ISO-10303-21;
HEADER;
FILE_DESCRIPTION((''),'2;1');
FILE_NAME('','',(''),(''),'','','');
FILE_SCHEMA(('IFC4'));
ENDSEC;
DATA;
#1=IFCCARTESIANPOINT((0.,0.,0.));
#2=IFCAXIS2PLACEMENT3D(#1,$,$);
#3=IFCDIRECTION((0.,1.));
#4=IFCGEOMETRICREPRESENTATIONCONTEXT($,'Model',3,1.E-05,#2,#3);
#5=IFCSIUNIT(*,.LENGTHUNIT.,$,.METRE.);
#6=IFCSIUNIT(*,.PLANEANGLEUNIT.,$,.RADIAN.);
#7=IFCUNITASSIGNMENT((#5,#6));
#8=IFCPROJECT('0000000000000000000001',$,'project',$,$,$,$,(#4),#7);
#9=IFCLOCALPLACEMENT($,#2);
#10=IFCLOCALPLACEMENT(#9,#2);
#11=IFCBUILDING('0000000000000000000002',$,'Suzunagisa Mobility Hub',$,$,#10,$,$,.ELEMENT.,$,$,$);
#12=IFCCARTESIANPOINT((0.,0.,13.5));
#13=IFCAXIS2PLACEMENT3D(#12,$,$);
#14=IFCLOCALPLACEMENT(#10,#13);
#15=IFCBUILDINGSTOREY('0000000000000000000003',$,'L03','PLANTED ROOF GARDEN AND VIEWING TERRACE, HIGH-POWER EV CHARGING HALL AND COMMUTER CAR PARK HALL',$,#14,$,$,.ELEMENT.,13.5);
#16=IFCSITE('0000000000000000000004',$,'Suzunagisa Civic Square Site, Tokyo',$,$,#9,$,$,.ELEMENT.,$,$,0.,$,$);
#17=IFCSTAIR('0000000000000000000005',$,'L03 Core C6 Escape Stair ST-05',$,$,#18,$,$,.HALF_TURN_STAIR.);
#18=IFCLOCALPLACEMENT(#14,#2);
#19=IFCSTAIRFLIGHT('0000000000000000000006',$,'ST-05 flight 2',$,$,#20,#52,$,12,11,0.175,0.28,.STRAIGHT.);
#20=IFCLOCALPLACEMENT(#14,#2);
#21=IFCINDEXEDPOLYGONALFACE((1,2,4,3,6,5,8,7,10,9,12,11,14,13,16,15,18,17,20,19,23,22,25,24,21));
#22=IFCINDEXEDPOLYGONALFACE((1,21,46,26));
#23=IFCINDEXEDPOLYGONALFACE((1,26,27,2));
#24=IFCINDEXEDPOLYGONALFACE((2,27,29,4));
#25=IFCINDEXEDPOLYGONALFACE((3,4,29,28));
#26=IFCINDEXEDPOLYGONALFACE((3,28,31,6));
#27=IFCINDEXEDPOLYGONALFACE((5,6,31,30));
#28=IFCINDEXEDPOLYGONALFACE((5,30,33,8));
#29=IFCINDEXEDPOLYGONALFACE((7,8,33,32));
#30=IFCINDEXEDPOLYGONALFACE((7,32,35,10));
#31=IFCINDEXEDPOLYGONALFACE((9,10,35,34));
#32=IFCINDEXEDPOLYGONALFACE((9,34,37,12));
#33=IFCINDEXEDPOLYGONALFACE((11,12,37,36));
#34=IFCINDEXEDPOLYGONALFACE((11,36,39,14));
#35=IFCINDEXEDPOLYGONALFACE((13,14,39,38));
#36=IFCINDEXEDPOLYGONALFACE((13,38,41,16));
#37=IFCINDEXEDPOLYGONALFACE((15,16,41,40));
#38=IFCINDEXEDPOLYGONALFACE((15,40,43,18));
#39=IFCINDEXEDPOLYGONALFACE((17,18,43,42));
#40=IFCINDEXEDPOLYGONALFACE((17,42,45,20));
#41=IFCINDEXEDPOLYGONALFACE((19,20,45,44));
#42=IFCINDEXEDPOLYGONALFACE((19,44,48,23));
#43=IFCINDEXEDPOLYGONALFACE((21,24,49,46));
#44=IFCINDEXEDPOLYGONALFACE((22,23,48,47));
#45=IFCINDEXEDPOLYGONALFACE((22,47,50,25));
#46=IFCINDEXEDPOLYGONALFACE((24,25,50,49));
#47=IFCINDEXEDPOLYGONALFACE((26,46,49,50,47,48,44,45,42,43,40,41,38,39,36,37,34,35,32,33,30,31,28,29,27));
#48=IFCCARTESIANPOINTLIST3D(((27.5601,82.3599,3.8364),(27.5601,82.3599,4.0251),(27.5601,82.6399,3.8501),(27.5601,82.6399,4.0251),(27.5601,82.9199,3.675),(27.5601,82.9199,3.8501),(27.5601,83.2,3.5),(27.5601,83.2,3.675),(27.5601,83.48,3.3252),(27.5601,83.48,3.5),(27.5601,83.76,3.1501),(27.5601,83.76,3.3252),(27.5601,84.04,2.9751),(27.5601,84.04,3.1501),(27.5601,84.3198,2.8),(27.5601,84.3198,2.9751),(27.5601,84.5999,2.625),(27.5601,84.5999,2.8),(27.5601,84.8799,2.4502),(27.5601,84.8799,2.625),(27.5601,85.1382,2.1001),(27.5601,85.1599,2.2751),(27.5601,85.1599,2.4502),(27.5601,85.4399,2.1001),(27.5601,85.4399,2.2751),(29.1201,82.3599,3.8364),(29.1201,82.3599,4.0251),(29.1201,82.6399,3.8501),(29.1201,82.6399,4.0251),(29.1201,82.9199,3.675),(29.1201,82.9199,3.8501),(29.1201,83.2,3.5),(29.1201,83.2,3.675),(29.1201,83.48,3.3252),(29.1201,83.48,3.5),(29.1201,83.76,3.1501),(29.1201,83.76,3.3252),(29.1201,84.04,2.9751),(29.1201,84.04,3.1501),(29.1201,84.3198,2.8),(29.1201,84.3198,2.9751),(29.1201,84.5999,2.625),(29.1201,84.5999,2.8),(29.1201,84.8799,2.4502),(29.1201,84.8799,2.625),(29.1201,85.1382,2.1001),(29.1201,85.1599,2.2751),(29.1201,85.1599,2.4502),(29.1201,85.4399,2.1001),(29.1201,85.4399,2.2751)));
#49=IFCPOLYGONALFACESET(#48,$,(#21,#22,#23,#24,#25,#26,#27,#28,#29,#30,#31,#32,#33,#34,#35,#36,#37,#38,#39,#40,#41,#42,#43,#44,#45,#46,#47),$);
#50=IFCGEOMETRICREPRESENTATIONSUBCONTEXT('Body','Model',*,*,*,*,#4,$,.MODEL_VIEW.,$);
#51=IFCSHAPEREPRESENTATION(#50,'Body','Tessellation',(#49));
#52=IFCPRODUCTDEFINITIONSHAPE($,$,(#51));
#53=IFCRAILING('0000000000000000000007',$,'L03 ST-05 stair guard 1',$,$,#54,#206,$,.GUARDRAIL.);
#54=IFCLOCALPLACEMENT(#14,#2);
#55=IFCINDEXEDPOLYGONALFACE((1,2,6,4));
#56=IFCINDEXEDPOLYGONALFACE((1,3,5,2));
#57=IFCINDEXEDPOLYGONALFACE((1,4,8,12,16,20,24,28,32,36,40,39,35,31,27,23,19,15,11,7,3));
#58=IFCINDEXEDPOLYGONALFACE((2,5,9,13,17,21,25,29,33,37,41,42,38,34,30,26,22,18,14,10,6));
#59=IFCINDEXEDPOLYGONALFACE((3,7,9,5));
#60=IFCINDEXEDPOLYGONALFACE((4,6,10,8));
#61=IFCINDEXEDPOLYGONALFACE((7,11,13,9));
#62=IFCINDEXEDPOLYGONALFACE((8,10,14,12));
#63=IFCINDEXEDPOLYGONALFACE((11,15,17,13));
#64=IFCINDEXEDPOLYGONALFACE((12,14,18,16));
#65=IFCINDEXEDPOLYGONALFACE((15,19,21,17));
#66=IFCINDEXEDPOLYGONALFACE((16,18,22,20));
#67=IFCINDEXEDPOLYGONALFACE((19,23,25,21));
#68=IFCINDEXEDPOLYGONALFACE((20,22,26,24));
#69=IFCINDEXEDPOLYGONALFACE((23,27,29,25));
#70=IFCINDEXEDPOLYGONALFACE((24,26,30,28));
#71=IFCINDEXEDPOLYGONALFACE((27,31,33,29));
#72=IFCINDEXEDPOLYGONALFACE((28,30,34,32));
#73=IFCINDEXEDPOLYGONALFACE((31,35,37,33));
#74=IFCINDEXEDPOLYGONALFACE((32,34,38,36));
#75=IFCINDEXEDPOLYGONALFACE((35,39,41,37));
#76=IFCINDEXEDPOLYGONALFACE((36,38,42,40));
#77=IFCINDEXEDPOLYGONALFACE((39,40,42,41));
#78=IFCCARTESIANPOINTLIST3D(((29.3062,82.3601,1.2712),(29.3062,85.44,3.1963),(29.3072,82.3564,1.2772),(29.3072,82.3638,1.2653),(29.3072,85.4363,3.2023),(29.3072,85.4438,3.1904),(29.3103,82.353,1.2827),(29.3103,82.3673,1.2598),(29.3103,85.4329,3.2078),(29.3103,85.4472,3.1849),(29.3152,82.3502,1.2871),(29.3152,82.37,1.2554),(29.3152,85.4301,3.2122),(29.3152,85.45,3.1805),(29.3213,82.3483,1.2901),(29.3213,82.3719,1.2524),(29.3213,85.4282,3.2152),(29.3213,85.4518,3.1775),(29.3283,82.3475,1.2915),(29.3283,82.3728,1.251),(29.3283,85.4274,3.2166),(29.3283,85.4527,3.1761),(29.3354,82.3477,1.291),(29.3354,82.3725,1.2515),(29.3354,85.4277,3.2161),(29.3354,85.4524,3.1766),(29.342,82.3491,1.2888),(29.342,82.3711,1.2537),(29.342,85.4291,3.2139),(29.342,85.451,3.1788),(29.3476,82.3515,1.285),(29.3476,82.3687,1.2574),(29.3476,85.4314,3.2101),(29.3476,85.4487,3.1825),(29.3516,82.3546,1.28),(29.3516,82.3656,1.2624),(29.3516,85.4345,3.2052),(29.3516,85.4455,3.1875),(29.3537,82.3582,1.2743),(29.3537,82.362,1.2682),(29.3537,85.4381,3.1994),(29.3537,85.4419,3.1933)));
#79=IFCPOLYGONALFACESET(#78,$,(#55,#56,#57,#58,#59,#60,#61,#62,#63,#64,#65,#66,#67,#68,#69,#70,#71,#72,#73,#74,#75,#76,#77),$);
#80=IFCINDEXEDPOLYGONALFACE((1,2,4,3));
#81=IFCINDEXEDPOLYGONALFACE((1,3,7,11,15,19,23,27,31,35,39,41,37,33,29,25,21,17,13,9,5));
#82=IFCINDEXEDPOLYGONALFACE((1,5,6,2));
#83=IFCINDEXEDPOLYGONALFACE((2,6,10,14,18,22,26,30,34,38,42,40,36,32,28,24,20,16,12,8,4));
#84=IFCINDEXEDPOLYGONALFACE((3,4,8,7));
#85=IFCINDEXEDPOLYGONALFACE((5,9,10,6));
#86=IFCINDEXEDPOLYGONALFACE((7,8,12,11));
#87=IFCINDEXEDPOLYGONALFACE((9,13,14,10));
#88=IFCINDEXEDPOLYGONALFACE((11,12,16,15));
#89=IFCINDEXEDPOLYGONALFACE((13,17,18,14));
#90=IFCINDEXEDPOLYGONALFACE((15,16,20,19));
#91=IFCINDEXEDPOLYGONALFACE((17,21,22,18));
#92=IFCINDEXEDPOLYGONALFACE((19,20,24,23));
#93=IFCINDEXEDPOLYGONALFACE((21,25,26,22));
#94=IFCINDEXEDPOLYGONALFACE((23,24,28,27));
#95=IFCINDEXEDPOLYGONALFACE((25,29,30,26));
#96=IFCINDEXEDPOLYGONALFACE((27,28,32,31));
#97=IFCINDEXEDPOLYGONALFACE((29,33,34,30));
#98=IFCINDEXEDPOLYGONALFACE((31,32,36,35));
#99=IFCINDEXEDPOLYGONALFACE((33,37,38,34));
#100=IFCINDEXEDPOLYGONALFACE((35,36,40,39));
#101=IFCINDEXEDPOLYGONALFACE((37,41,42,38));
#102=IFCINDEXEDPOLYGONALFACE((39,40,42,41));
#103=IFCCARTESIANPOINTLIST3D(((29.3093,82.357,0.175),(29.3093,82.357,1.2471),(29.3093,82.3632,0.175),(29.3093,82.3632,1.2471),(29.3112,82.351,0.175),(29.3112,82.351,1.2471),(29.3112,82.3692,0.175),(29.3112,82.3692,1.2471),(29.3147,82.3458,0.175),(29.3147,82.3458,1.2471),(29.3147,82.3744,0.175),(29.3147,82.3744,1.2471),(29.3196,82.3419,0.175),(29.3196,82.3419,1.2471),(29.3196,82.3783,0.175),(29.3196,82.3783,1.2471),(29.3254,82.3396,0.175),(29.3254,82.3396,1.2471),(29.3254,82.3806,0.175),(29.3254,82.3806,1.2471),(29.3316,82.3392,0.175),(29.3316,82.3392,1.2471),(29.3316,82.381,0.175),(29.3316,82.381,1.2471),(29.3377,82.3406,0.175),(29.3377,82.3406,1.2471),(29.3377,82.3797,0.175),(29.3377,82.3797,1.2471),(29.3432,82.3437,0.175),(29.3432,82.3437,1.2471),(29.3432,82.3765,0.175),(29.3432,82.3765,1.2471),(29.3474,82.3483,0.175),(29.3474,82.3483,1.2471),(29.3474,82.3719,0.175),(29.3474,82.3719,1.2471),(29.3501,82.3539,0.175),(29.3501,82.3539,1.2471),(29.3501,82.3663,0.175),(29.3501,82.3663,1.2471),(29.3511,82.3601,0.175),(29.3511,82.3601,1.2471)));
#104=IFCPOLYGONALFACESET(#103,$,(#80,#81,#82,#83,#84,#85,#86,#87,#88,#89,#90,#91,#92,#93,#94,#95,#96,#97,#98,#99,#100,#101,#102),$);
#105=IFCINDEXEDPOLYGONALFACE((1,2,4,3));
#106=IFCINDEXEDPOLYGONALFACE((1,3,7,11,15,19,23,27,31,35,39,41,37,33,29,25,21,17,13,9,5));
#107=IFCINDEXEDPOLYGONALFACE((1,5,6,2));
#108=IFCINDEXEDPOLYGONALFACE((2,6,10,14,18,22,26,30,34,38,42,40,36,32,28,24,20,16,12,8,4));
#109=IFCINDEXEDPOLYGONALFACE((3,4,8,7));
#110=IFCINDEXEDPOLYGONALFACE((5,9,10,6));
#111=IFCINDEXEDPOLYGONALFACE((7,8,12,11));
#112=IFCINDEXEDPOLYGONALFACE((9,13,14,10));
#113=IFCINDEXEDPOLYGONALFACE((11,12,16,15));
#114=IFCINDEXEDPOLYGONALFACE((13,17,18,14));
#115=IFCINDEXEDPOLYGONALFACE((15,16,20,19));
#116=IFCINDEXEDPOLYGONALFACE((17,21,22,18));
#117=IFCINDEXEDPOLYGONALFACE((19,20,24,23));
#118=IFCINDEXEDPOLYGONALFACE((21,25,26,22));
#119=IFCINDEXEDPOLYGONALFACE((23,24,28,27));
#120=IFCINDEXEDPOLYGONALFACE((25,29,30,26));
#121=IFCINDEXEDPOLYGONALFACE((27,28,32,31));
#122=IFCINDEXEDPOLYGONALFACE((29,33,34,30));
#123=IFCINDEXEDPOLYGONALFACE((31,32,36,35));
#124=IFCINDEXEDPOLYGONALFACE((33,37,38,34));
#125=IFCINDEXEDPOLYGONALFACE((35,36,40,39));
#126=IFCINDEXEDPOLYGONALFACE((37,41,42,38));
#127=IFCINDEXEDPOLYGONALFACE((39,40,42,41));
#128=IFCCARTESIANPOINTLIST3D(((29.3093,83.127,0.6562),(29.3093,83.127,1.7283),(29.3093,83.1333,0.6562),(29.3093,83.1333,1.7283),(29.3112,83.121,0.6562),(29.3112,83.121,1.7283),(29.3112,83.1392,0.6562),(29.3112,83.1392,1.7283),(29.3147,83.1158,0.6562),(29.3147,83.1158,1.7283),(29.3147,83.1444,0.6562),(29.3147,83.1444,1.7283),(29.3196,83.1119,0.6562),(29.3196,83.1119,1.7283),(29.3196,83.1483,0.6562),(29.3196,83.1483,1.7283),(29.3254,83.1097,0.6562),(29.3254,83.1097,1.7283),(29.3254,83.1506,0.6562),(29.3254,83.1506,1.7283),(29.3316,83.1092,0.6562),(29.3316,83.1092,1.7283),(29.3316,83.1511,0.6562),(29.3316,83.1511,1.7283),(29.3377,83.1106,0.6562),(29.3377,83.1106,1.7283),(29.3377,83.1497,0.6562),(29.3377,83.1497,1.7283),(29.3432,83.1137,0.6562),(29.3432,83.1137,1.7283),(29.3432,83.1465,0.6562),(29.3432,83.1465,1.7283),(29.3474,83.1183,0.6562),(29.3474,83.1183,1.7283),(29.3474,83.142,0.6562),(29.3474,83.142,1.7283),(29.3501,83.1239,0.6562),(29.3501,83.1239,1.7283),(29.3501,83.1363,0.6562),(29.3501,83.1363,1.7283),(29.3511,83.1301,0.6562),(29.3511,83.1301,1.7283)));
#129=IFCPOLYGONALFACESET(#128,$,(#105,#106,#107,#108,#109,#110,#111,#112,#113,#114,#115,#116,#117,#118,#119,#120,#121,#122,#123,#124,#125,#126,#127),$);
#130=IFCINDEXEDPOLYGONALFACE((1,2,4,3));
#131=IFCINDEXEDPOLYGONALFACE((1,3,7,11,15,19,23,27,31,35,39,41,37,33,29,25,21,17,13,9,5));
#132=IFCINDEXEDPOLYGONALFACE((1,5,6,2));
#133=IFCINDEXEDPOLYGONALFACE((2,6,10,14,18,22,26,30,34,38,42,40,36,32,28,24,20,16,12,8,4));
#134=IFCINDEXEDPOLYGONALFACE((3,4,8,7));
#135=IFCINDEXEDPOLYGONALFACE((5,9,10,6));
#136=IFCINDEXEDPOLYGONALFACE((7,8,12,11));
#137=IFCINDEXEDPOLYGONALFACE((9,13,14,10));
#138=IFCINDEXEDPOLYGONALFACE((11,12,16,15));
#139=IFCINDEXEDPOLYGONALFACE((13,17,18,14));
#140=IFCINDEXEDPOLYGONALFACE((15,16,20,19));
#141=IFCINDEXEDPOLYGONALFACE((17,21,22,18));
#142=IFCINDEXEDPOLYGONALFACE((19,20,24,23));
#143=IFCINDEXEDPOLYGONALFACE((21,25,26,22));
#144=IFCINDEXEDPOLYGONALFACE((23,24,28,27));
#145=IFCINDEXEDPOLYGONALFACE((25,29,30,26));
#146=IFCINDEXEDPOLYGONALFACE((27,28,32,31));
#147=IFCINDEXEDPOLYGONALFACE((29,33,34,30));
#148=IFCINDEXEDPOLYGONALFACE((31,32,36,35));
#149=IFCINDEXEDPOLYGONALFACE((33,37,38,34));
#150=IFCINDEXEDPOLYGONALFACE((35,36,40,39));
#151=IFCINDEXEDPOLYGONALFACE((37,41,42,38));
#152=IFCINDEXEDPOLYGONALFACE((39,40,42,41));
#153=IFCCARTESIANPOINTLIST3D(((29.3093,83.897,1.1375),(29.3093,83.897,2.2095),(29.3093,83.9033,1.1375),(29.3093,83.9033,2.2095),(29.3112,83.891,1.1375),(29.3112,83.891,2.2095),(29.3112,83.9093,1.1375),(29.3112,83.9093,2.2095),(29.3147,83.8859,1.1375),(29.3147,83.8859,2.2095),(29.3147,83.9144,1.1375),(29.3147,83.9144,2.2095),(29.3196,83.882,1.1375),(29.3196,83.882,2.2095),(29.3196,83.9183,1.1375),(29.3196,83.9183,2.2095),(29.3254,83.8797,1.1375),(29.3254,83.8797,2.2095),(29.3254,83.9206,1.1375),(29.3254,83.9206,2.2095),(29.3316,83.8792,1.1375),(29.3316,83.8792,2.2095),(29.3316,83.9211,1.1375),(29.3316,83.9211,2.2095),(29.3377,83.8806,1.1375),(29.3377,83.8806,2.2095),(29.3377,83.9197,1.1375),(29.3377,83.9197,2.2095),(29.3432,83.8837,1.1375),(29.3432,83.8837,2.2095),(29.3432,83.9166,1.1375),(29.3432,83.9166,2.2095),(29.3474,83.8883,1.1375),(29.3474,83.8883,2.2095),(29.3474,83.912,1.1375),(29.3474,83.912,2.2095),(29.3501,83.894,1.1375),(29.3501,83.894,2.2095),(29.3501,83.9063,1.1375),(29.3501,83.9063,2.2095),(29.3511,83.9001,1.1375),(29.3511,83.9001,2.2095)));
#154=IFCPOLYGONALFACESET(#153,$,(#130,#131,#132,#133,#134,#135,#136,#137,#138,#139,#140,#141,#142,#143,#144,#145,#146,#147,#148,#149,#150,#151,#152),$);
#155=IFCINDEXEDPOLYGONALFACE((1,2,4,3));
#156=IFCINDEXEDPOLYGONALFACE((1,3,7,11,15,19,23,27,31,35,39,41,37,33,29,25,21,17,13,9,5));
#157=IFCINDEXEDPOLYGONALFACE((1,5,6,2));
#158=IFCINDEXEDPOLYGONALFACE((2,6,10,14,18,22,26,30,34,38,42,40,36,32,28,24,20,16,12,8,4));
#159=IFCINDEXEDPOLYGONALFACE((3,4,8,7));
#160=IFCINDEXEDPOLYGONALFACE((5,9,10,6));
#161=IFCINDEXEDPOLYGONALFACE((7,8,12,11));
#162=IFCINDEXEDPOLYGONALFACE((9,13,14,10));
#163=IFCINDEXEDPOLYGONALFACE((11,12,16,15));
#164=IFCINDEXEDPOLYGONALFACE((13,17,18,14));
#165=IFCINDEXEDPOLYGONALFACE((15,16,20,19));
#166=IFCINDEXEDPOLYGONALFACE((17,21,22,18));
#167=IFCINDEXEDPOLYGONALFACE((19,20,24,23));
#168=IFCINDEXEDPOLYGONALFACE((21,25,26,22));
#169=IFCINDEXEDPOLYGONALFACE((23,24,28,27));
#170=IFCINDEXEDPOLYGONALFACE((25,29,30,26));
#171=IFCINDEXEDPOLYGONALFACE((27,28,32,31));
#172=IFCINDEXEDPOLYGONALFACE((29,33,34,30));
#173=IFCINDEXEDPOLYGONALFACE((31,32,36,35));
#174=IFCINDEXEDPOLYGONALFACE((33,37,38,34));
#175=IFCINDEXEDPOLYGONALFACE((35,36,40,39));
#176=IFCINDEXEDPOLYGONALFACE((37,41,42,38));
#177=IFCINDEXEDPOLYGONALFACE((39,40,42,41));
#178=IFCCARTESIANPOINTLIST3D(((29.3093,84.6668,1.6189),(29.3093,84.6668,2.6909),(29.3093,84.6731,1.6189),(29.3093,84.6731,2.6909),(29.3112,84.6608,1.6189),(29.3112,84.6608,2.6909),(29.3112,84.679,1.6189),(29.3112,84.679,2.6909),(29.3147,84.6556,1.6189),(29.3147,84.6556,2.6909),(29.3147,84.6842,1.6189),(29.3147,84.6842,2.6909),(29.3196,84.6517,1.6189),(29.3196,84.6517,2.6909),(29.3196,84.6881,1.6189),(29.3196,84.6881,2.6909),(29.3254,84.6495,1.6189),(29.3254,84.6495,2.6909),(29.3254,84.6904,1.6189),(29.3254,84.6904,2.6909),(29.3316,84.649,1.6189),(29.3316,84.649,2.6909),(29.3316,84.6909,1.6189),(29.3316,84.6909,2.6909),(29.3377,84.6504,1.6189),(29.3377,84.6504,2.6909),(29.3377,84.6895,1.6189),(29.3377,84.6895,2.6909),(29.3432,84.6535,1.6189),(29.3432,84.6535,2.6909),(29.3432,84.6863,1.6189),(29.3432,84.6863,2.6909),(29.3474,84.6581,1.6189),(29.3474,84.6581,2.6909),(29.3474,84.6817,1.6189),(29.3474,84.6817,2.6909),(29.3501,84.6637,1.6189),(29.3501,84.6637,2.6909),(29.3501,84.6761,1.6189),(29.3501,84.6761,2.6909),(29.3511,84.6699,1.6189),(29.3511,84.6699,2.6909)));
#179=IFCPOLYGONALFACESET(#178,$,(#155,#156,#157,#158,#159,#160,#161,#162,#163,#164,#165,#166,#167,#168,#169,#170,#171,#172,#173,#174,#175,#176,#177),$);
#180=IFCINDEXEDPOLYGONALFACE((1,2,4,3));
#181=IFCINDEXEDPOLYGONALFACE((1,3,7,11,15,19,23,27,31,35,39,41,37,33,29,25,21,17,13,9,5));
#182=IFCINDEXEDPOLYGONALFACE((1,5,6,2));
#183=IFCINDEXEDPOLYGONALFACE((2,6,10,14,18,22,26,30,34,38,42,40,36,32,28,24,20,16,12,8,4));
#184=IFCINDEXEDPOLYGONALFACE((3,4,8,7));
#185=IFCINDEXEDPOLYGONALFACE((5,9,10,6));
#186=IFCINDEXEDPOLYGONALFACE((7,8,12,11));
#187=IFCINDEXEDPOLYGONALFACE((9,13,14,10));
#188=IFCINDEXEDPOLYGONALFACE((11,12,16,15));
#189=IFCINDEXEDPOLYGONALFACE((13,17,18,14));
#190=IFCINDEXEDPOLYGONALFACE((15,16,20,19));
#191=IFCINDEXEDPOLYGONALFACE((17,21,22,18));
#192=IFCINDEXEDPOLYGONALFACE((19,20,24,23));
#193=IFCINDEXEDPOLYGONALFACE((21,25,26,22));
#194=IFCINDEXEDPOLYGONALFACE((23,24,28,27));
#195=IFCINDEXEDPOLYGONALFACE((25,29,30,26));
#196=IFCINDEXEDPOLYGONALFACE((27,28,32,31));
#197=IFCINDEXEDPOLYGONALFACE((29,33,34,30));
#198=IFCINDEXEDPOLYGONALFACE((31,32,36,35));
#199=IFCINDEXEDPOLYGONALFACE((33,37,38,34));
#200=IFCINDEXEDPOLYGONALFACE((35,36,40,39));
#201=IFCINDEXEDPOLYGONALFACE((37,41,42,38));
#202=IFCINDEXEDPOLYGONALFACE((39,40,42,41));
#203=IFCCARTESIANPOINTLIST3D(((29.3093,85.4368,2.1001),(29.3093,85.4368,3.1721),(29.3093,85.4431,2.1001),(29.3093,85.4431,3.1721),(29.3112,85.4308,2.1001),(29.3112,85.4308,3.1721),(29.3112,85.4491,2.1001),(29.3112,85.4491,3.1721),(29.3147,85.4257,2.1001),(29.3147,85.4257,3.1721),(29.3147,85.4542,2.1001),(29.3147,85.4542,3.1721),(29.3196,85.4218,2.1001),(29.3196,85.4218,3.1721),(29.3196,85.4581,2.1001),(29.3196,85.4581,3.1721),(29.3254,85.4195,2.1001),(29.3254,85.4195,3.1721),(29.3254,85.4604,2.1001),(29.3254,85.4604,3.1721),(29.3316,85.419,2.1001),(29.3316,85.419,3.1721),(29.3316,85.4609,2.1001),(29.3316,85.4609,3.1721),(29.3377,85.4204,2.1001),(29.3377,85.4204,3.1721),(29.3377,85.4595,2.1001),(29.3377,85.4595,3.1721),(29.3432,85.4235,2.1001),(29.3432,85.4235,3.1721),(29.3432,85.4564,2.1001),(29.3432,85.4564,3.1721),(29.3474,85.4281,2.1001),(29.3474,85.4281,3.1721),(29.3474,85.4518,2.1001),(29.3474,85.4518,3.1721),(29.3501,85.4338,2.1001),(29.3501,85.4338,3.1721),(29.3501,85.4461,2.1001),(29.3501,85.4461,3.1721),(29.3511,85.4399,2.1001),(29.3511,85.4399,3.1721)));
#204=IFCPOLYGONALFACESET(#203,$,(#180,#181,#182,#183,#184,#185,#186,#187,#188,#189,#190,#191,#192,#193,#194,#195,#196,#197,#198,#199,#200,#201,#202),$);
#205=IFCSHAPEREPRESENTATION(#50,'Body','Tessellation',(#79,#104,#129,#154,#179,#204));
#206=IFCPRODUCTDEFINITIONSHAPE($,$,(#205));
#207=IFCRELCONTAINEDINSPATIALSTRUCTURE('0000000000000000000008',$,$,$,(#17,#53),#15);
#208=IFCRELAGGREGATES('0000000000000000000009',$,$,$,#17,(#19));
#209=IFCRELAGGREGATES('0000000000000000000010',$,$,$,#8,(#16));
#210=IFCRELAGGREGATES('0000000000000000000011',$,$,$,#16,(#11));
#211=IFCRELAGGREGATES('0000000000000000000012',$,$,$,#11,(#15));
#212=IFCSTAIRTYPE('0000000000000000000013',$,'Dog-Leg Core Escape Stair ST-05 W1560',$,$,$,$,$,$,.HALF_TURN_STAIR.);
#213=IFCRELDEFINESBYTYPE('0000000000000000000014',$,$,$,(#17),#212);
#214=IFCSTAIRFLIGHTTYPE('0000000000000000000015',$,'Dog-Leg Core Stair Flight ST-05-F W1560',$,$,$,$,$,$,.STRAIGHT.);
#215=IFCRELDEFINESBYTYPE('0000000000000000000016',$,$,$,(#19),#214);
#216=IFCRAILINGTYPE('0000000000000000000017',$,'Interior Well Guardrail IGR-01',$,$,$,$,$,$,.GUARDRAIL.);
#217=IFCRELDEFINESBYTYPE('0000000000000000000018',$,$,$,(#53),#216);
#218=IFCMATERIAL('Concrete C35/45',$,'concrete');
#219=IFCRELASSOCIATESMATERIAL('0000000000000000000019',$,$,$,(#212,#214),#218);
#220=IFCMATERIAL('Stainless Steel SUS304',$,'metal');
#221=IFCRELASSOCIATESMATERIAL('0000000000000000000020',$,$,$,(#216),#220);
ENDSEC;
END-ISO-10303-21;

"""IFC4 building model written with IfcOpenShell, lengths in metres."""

from ifc_helpers import new_model, si_unit, direction, frame, origin, origin_2d, place, context, subcontext, project, spatial, polyline, circle, outline, extrude, material, type_object, element, aggregate, save


model = new_model("IFC4")

# Units and contexts
model_context = context("Model", 3, precision=1e-05, world=origin(), true_north=direction((0.0, 1.0)))
body_context = subcontext(model_context, "Body", "Model", "MODEL_VIEW")
ifc_project = project(units=[si_unit("LENGTHUNIT", "METRE"), si_unit("PLANEANGLEUNIT", "RADIAN")], contexts=[model_context])

# Site, building, storey
site_placement = place(None, origin())
site = spatial("IfcSite", under=ifc_project, at=site_placement, Name="Suzunagisa Civic Square Site, Tokyo", CompositionType="ELEMENT", RefElevation=0.0)
building_placement = place(site_placement, origin())
building = spatial("IfcBuilding", under=site, at=building_placement, Name="Suzunagisa Mobility Hub", CompositionType="ELEMENT")
storey_placement = place(building_placement, frame((0.0, 0.0, 13.5)))
storey = spatial("IfcBuildingStorey", under=building, at=storey_placement, Name="L03", Description="PLANTED ROOF GARDEN AND VIEWING TERRACE, HIGH-POWER EV CHARGING HALL AND COMMUTER CAR PARK HALL", CompositionType="ELEMENT", Elevation=13.5)

# Shared definitions
ifc_material_1 = material(Name="Concrete C35/45", Category="concrete")

# Stair, stair flight
stair_type = type_object("IfcStairType", Name="Dog-Leg Core Escape Stair ST-05 W1560", PredefinedType="HALF_TURN_STAIR", material=ifc_material_1)
stair_placement = place(storey_placement, origin())
stair = element("IfcStair", 1, at=stair_placement, inside=storey, type_object=stair_type, Name="L03 Core C6 Escape Stair ST-05", PredefinedType="HALF_TURN_STAIR")
stair_flight_type = type_object("IfcStairFlightType", Name="Dog-Leg Core Stair Flight ST-05-F W1560", PredefinedType="STRAIGHT", material=ifc_material_1)
stair_flight_1_placement = place(storey_placement, frame((28.3401, 85.4399, 2.1001), z_axis=(0.0, 0.0, 1.0), x_axis=(0.0, -1.0, 0.0)))
stair_flight_1 = element("IfcStairFlight", 2, at=stair_flight_1_placement, type_object=stair_flight_type, Name="ST-05 flight 2", NumberOfRisers=12, NumberOfTreads=11, PredefinedType="STRAIGHT", RiserHeight=0.175, TreadLength=0.28, context=body_context, shape_type="SweptSolid", body=[
    extrude(outline(polyline([(0.0, 0.0), (0.0, 0.175), (0.28, 0.175), (0.28, 0.3501), (0.5601, 0.3501), (0.5601, 0.5249), (0.8401, 0.5249), (0.8401, 0.7), (1.1201, 0.7), (1.1201, 0.875), (1.3999, 0.875), (1.3999, 1.05), (1.6799, 1.05), (1.6799, 1.2251), (1.96, 1.2251), (1.96, 1.3999), (2.24, 1.3999), (2.24, 1.575), (2.52, 1.575), (2.52, 1.75), (2.8, 1.75), (2.8, 1.925), (3.0801, 1.925), (3.0801, 2.1001), (3.0801, 1.7363), (0.3018, 0.0), (0.0, 0.0)])), frame((0.0, 0.78, 0.0), z_axis=(0.0, -1.0, 0.0), x_axis=(1.0, 0.0, 0.0)), (0.0, 0.0, 1.0), 1.5601),
])
aggregate(stair, [stair_flight_1])

# Railing
ifc_material_2 = material(Name="Stainless Steel SUS304", Category="metal")
railing_type_1 = type_object("IfcRailingType", Name="Interior Well Guardrail IGR-01", PredefinedType="GUARDRAIL", material=ifc_material_2)
railing_1_placement = place(storey_placement, frame((29.3301, 82.3601, 0.175)))
element("IfcRailing", 3, at=railing_1_placement, inside=storey, type_object=railing_type_1, Name="L03 ST-05 stair guard 1", PredefinedType="GUARDRAIL", context=body_context, shape_type="SweptSolid", body=[
    extrude(circle(Radius=0.0239, at=origin_2d()), frame((0.0, 0.0, 1.0962), z_axis=(0.0, 0.847979, 0.530029), x_axis=(-1.0, 0.0, 0.0)), (0.0, 0.0, 1.0), 3.6321),
    extrude(circle(Radius=0.021, at=origin_2d()), origin(), (0.0, 0.0, 1.0), 1.072),
    extrude(circle(Radius=0.021, at=origin_2d()), frame((0.0, 0.77, 0.4812)), (0.0, 0.0, 1.0), 1.072),
    extrude(circle(Radius=0.021, at=origin_2d()), frame((0.0, 1.54, 0.9624)), (0.0, 0.0, 1.0), 1.072),
    extrude(circle(Radius=0.021, at=origin_2d()), frame((0.0, 2.3098, 1.4438)), (0.0, 0.0, 1.0), 1.072),
    extrude(circle(Radius=0.021, at=origin_2d()), frame((0.0, 3.0798, 1.925)), (0.0, 0.0, 1.0), 1.072),
])

save(model, "model.ifc")
